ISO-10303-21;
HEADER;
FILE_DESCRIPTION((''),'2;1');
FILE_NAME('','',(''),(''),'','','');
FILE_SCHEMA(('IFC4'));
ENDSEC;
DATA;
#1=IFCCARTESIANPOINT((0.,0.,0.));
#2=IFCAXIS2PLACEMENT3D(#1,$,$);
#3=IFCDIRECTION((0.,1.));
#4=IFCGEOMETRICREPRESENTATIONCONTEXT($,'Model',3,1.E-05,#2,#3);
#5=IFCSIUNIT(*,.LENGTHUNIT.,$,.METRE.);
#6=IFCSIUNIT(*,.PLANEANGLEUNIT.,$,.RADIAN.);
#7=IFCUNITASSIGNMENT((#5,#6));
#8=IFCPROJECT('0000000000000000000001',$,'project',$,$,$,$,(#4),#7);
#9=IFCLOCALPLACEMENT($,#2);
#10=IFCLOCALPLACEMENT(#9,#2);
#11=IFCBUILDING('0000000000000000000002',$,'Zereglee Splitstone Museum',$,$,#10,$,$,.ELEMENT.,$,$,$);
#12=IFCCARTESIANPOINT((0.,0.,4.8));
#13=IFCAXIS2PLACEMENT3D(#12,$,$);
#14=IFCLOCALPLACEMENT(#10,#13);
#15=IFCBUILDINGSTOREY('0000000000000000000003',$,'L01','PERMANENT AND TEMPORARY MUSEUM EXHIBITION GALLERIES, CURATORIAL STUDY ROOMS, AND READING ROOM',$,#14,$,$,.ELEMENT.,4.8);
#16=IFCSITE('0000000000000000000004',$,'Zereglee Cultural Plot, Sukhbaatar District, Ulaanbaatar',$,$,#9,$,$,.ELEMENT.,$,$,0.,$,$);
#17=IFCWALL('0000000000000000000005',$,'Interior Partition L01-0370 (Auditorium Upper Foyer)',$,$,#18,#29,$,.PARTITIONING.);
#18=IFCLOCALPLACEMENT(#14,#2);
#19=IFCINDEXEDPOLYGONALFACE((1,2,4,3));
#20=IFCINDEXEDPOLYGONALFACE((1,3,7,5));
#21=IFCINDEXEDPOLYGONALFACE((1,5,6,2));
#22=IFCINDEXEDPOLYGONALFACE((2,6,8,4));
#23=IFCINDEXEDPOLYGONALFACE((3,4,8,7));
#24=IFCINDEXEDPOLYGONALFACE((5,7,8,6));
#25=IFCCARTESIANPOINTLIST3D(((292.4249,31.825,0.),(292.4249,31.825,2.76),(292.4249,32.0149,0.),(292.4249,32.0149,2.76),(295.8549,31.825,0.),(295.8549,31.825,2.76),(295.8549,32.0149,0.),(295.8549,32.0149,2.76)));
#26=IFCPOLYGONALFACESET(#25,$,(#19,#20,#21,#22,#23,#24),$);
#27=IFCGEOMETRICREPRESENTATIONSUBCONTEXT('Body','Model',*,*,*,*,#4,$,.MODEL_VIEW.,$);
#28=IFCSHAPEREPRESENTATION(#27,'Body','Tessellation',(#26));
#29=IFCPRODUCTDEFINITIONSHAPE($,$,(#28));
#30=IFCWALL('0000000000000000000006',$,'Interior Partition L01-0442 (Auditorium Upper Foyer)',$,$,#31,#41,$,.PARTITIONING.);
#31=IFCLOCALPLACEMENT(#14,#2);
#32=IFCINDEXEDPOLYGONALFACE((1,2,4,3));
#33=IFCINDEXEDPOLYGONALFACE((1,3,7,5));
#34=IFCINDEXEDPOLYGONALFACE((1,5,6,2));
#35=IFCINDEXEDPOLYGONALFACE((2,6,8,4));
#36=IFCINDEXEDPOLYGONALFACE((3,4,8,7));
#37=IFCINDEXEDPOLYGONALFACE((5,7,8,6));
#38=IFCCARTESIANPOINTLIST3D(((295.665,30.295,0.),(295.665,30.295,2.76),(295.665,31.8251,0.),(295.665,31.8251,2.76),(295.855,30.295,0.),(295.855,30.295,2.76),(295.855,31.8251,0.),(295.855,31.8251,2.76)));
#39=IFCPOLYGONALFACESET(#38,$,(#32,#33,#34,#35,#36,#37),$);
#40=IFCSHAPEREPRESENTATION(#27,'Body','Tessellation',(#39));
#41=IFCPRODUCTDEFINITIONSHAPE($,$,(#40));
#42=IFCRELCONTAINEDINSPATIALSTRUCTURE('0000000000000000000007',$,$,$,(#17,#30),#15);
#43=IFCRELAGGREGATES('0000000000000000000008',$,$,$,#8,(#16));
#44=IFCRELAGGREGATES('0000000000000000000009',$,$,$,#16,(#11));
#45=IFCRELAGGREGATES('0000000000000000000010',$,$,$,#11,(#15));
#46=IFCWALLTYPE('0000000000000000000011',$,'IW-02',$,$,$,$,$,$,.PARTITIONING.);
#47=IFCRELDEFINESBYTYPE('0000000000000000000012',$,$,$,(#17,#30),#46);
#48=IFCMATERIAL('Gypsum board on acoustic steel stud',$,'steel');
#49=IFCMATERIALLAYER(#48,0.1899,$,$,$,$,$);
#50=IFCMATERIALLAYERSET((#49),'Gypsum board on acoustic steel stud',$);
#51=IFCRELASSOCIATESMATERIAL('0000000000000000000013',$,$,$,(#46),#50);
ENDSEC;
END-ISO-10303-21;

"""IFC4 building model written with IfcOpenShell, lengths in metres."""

from ifc_helpers import new_model, si_unit, direction, frame, frame_2d, origin, place, context, subcontext, project, spatial, rectangle, extrude, material, layer, layer_set, type_object, element, save


model = new_model("IFC4")

# Units and contexts
model_context = context("Model", 3, precision=1e-05, world=origin(), true_north=direction((0.0, 1.0)))
body_context = subcontext(model_context, "Body", "Model", "MODEL_VIEW")
ifc_project = project(units=[si_unit("LENGTHUNIT", "METRE"), si_unit("PLANEANGLEUNIT", "RADIAN")], contexts=[model_context])

# Site, building, storey
site_placement = place(None, origin())
site = spatial("IfcSite", under=ifc_project, at=site_placement, Name="Zereglee Cultural Plot, Sukhbaatar District, Ulaanbaatar", CompositionType="ELEMENT", RefElevation=0.0)
building_placement = place(site_placement, origin())
building = spatial("IfcBuilding", under=site, at=building_placement, Name="Zereglee Splitstone Museum", CompositionType="ELEMENT")
storey_placement = place(building_placement, frame((0.0, 0.0, 4.8)))
storey = spatial("IfcBuildingStorey", under=building, at=storey_placement, Name="L01", Description="PERMANENT AND TEMPORARY MUSEUM EXHIBITION GALLERIES, CURATORIAL STUDY ROOMS, AND READING ROOM", CompositionType="ELEMENT", Elevation=4.8)

# Walls
ifc_material_1 = material(Name="Gypsum board on acoustic steel stud", Category="steel")
ifc_layer_1 = layer(ifc_material_1, 0.1899)
ifc_layer_set_1 = layer_set([ifc_layer_1], Name="Gypsum board on acoustic steel stud")
wall_type_1 = type_object("IfcWallType", Name="IW-02", PredefinedType="PARTITIONING", material=ifc_layer_set_1)
wall_1_placement = place(storey_placement, frame((292.425, 31.9199, 0.0), z_axis=(0.0, 0.0, 1.0), x_axis=(1.0, 0.0, 0.0)))
element("IfcWall", 1, at=wall_1_placement, inside=storey, type_object=wall_type_1, Name="Interior Partition L01-0370 (Auditorium Upper Foyer)", PredefinedType="PARTITIONING", context=body_context, shape_type="SweptSolid", body=[
    extrude(rectangle(XDim=3.4299, YDim=0.1899, at=frame_2d((1.7148, 0.0))), origin(), (0.0, 0.0, 1.0), 2.76),
])
wall_2_placement = place(storey_placement, frame((295.76, 30.2949, 0.0), z_axis=(0.0, 0.0, 1.0), x_axis=(0.0, 1.0, 0.0)))
element("IfcWall", 2, at=wall_2_placement, inside=storey, type_object=wall_type_1, Name="Interior Partition L01-0442 (Auditorium Upper Foyer)", PredefinedType="PARTITIONING", context=body_context, shape_type="SweptSolid", body=[
    extrude(rectangle(XDim=1.53, YDim=0.1899, at=frame_2d((0.7651, 0.0))), origin(), (0.0, 0.0, 1.0), 2.76),
])

save(model, "model.ifc")
